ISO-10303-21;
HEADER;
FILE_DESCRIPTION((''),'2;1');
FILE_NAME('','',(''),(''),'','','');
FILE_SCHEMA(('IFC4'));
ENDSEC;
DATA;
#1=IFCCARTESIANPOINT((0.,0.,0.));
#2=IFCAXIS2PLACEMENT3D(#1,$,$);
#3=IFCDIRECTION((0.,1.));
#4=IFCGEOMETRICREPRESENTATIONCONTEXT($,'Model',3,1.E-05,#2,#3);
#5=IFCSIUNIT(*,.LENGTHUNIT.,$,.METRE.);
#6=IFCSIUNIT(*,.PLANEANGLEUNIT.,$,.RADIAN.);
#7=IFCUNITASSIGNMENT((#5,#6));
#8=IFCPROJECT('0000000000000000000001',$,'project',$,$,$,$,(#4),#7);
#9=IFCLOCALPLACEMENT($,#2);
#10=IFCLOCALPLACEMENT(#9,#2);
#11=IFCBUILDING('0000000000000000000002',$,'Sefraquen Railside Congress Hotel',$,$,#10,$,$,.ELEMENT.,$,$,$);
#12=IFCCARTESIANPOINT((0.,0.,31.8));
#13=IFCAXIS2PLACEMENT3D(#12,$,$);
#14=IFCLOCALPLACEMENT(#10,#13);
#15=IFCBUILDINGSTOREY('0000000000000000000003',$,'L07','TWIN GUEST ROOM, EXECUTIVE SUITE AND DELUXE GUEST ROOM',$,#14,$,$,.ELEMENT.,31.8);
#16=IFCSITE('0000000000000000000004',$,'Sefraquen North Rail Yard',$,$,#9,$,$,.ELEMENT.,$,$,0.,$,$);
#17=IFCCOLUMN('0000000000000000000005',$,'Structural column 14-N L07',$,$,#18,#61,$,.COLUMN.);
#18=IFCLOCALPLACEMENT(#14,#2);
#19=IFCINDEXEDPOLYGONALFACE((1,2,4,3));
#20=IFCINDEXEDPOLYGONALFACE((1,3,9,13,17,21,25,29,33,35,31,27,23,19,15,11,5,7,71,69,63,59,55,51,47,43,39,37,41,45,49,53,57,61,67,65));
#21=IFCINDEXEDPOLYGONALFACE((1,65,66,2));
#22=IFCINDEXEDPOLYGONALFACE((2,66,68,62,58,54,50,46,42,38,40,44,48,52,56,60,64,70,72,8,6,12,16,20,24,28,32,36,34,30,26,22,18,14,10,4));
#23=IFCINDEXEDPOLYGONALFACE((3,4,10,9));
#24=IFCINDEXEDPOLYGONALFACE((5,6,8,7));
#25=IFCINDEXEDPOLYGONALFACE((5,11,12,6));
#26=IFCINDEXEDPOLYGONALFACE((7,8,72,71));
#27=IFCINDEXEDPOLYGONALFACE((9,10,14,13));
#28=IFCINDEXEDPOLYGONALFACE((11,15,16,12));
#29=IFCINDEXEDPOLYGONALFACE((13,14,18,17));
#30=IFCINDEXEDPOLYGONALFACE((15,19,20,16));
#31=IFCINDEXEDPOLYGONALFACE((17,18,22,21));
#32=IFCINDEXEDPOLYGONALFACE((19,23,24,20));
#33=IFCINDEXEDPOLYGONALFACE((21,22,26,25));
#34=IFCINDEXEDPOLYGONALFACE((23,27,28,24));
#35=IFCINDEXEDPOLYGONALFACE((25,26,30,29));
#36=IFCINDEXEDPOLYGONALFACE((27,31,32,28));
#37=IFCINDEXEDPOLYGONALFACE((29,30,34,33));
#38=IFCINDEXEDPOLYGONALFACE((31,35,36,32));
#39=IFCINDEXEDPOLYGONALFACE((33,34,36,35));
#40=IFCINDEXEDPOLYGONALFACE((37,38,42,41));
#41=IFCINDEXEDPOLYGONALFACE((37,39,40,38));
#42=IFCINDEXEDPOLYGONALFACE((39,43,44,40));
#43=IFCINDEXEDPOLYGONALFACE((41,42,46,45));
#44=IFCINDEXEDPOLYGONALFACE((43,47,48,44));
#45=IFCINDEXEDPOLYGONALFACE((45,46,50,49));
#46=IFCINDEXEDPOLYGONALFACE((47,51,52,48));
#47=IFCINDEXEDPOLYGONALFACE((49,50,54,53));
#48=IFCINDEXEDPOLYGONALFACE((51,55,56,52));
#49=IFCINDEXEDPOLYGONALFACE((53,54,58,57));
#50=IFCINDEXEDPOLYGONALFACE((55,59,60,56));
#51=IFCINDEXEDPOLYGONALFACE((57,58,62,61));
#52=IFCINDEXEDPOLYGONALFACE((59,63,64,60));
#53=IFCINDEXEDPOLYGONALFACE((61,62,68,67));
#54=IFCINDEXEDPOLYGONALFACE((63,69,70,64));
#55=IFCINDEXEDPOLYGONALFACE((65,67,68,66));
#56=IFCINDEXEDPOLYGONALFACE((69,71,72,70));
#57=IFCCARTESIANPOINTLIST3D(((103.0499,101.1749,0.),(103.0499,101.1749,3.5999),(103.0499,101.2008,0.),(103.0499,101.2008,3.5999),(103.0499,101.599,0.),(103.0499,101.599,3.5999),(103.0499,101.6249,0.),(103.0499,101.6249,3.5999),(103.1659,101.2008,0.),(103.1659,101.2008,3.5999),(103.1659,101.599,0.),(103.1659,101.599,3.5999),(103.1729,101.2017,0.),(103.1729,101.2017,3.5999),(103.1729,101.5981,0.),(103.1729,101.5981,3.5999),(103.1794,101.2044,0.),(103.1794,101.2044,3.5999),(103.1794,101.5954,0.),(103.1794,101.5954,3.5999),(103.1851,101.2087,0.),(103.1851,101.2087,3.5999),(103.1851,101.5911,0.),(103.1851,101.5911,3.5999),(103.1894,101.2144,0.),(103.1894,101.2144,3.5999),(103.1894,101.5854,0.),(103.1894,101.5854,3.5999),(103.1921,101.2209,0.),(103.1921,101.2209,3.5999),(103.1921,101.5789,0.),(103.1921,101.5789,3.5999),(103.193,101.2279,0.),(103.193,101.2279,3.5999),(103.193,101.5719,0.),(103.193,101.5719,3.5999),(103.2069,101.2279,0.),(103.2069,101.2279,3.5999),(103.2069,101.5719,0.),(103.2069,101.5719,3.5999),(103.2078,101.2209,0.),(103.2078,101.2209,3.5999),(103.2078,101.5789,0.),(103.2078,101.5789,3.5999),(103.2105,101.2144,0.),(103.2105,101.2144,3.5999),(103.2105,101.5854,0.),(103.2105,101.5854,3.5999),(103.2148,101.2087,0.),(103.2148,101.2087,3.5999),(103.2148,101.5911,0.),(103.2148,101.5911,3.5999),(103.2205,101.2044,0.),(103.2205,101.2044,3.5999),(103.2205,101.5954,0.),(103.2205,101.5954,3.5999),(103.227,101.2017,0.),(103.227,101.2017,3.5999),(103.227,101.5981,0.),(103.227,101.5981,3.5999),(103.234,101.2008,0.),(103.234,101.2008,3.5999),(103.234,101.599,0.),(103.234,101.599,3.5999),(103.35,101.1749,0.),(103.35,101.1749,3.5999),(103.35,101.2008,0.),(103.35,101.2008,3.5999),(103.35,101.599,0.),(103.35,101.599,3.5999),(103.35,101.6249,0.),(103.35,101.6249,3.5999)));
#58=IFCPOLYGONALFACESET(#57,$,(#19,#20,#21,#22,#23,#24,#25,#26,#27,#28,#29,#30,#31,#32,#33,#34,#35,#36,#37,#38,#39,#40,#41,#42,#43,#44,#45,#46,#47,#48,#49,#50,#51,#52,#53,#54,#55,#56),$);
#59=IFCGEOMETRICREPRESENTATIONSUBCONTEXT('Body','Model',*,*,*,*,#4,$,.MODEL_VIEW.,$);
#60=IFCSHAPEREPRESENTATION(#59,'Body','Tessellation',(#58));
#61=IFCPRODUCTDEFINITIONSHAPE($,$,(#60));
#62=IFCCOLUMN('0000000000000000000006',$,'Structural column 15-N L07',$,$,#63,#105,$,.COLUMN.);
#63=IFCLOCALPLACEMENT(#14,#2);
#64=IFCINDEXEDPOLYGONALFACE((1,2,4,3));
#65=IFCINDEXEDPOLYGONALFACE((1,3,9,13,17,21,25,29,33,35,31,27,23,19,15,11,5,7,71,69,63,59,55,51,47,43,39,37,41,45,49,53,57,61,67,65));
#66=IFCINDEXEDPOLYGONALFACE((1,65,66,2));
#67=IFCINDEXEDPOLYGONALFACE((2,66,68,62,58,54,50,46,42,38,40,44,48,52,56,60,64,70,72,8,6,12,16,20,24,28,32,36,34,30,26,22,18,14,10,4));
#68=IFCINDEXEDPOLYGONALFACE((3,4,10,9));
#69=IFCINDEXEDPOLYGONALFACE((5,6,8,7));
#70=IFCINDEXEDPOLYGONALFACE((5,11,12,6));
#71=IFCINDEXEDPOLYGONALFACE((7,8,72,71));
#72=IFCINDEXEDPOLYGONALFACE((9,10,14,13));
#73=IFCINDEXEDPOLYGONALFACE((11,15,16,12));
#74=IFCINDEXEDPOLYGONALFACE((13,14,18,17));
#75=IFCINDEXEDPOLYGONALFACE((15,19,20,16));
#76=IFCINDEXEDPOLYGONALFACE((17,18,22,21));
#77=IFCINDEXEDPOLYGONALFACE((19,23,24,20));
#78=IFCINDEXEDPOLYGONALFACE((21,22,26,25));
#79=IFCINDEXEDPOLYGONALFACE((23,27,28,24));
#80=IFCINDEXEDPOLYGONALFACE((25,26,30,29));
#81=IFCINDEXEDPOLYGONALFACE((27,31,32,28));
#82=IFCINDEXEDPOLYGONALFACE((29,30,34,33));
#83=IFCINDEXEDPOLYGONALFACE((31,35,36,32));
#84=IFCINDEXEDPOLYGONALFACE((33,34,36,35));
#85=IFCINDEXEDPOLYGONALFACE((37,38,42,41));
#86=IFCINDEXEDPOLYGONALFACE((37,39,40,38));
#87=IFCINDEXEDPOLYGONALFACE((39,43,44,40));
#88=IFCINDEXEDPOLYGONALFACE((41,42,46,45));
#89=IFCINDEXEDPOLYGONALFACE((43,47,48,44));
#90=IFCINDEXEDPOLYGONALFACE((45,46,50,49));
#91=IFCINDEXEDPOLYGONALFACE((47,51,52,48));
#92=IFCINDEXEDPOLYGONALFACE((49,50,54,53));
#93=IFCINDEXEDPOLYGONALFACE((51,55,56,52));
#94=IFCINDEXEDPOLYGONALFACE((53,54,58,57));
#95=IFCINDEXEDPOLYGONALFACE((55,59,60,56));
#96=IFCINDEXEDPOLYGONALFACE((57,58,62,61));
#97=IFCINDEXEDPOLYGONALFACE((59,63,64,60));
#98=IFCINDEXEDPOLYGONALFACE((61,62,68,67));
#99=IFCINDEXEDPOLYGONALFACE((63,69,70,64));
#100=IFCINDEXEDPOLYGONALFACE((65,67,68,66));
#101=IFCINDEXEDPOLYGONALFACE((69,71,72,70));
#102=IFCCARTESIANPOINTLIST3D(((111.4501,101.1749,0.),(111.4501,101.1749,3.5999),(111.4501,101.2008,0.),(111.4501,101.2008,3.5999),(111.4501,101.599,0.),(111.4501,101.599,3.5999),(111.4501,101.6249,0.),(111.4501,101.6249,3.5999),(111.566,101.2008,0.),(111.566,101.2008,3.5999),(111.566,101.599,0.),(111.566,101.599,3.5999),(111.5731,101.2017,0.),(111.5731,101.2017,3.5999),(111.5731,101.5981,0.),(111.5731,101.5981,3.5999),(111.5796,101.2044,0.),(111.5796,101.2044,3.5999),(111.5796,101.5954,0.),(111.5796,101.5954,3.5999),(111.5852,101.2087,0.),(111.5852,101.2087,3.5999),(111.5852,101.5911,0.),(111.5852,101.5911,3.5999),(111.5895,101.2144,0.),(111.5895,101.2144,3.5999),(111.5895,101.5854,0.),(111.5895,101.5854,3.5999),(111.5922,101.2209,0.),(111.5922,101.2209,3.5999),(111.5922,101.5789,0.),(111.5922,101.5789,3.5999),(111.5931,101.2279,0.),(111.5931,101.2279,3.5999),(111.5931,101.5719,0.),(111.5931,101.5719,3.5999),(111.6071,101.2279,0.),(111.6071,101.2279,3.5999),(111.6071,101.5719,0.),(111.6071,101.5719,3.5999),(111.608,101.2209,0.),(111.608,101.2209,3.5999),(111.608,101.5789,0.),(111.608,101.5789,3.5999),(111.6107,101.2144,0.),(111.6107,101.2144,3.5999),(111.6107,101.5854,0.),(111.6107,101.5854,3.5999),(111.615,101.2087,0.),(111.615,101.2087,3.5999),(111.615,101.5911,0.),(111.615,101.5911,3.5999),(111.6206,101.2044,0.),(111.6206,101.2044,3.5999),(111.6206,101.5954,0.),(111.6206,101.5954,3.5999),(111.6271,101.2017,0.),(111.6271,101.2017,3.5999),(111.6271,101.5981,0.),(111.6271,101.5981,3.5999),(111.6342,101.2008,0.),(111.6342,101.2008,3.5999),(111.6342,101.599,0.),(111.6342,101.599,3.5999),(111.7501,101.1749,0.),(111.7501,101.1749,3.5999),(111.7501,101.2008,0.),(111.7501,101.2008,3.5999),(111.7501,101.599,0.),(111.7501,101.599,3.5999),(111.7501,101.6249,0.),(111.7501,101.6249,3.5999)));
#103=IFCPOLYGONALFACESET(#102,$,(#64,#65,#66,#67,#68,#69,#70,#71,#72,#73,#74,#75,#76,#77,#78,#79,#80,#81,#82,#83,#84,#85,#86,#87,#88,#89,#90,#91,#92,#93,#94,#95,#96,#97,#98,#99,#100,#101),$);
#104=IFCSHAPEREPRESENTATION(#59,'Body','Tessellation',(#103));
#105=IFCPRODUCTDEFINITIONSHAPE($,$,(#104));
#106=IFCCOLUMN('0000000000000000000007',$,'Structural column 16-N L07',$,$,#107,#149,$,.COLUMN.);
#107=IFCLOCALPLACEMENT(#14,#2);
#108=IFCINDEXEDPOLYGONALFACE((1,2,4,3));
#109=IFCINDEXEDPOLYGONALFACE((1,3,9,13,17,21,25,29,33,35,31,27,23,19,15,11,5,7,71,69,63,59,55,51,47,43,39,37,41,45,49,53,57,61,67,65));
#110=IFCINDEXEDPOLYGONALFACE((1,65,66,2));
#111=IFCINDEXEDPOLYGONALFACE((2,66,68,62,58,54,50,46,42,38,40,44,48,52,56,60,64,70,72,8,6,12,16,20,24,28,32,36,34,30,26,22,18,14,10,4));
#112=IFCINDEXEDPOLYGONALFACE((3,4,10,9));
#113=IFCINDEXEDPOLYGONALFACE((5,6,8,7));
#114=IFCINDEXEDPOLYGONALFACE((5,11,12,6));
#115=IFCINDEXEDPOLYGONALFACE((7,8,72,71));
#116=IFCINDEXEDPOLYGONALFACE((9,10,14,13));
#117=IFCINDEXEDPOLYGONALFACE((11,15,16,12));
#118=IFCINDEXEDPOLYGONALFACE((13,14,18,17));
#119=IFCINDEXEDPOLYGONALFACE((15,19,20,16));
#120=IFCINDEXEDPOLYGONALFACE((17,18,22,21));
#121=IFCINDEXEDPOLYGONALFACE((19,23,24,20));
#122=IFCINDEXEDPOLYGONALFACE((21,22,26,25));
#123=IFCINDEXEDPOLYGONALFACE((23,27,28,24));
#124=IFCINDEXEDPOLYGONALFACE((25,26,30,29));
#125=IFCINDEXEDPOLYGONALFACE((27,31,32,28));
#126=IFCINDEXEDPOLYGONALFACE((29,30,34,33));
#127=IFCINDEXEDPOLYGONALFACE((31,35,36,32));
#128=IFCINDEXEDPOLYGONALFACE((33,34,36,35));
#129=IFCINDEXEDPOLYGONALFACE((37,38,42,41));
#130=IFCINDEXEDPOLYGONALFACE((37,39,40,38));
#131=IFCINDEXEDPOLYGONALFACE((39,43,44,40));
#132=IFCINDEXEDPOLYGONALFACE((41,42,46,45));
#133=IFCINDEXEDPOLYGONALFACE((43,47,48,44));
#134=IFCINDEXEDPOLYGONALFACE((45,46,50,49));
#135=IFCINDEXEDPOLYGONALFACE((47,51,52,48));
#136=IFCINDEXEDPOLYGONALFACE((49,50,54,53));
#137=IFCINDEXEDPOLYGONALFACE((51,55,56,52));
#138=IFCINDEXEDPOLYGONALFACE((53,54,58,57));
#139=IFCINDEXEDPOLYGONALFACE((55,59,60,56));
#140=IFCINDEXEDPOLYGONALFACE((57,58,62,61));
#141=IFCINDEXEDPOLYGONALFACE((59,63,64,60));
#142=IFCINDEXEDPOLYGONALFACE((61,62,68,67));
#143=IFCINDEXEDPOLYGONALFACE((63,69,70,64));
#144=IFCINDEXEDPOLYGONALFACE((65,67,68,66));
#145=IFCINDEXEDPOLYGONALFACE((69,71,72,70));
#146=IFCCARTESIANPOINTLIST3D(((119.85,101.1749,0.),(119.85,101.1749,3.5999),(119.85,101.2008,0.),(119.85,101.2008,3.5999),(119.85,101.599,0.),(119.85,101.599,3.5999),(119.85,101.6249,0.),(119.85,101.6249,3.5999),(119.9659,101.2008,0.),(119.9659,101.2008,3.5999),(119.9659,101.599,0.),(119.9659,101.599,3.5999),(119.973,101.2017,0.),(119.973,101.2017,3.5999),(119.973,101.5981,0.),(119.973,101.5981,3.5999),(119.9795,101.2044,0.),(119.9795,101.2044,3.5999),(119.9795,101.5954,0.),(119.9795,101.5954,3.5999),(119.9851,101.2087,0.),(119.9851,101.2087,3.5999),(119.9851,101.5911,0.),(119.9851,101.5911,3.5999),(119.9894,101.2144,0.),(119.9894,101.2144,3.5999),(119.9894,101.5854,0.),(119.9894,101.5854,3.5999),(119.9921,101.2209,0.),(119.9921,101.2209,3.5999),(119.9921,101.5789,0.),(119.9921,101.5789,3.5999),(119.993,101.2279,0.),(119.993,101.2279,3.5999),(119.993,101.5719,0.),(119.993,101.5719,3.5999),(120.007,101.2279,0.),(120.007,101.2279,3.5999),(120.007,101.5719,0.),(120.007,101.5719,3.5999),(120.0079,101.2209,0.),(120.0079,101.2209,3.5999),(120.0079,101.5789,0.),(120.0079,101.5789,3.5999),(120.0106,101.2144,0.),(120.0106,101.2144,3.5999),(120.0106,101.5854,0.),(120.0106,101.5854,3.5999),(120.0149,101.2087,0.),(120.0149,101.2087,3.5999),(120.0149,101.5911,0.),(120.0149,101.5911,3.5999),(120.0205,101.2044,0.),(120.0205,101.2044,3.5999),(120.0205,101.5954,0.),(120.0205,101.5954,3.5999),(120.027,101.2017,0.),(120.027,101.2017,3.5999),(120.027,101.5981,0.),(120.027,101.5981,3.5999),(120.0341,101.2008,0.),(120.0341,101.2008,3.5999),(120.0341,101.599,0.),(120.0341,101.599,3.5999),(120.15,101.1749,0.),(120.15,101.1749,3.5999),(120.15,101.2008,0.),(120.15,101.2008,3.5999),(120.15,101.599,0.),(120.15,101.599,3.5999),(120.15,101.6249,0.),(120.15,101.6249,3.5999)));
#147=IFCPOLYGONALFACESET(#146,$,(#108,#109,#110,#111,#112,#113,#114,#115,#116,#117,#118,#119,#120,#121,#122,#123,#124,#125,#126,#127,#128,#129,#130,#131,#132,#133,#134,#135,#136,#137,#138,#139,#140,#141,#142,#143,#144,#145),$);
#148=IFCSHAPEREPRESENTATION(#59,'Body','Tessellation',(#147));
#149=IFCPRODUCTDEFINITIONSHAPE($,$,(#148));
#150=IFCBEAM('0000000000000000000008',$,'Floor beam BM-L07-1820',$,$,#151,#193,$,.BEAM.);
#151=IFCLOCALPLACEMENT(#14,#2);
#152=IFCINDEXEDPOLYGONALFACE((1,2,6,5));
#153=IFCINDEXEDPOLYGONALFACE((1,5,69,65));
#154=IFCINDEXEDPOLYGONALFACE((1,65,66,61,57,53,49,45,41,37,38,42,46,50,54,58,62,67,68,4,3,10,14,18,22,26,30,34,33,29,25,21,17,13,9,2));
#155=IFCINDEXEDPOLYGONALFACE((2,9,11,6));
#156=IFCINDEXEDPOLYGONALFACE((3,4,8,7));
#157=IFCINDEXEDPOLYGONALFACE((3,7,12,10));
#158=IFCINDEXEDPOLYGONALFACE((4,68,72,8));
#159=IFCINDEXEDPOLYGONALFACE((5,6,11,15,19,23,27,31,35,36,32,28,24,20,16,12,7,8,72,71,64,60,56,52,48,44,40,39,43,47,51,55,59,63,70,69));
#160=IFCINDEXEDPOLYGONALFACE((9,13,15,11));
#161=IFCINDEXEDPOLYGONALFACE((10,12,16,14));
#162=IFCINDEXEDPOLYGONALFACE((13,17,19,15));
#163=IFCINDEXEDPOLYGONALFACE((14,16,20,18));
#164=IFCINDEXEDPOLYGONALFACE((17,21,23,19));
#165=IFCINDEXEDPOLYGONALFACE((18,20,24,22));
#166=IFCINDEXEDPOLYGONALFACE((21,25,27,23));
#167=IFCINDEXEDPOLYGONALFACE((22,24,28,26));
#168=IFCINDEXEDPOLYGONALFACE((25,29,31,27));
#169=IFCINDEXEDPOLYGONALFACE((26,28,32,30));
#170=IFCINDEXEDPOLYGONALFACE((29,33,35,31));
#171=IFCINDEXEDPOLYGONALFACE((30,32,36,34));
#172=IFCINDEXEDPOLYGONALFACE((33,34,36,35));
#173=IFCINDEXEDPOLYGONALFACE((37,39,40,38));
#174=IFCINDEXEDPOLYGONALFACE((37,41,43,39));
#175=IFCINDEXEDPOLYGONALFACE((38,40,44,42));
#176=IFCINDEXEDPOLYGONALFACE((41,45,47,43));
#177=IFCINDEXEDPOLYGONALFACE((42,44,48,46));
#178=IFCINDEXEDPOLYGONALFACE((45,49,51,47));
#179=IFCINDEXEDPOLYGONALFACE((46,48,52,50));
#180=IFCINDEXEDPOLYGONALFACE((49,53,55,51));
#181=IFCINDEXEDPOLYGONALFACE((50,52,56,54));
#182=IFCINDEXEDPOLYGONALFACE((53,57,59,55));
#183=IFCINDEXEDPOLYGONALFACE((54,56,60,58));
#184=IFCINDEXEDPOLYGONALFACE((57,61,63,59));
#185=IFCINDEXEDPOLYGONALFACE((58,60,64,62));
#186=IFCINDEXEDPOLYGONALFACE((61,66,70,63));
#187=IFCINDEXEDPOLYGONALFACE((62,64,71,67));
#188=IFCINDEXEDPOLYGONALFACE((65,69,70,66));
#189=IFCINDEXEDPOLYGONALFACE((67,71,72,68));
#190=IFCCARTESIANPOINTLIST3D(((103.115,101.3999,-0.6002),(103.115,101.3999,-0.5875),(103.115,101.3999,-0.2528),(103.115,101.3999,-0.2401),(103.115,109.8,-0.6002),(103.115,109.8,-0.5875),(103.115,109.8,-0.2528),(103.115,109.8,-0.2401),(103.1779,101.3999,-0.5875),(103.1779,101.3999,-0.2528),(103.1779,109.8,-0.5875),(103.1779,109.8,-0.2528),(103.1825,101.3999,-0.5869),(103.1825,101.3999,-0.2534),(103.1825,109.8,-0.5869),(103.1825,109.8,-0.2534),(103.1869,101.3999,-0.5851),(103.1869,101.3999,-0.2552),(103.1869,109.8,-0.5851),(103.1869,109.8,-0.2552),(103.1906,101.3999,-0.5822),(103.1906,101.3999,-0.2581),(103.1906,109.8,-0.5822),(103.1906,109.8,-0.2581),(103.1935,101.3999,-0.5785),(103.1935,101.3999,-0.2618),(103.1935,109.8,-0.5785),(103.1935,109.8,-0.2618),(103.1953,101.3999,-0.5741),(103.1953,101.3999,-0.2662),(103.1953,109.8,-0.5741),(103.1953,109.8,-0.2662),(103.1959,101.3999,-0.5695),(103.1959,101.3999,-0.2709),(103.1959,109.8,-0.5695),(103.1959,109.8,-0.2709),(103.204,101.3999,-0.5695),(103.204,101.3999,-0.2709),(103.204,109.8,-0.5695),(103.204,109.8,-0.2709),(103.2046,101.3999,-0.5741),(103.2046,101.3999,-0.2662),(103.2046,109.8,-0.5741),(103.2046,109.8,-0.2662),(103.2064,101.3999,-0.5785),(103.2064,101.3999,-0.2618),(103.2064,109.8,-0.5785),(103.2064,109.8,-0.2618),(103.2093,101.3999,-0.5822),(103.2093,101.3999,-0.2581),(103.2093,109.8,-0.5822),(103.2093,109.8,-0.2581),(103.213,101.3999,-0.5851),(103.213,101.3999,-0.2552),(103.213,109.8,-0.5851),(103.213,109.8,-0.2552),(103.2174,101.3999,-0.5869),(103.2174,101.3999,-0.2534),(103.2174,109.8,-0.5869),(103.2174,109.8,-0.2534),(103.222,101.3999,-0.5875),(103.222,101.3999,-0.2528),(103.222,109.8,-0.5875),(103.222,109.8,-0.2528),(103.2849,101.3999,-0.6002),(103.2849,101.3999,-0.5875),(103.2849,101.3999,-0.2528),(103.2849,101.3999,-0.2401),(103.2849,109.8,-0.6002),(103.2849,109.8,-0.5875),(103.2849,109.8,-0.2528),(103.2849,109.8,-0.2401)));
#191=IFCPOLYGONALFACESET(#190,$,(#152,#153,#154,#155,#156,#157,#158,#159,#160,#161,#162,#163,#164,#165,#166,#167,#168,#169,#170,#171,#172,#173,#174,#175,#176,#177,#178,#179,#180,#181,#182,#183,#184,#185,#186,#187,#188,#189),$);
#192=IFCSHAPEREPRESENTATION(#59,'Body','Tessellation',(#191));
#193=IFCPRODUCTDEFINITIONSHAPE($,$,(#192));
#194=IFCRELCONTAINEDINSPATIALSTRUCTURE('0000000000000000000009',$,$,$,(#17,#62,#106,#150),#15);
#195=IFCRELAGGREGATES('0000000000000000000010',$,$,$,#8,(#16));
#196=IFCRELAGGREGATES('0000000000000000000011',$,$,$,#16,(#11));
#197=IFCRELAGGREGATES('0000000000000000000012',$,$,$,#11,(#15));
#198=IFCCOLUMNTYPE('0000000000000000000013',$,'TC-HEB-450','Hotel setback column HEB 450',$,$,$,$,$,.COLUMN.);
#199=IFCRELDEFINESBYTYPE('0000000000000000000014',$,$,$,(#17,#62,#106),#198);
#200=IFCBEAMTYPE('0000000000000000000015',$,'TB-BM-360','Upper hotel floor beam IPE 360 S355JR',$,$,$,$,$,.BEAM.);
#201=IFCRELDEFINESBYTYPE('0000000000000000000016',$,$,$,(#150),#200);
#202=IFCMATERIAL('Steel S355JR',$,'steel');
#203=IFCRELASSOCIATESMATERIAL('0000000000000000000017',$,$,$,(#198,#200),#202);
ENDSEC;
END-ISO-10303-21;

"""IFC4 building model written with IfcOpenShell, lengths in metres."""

from ifc_helpers import new_model, si_unit, direction, frame, origin, origin_2d, place, context, subcontext, project, spatial, i_section, extrude, material, material_profile, profile_set, type_object, element, save


model = new_model("IFC4")

# Units and contexts
model_context = context("Model", 3, precision=1e-05, world=origin(), true_north=direction((0.0, 1.0)))
body_context = subcontext(model_context, "Body", "Model", "MODEL_VIEW")
ifc_project = project(units=[si_unit("LENGTHUNIT", "METRE"), si_unit("PLANEANGLEUNIT", "RADIAN")], contexts=[model_context])

# Site, building, storey
site_placement = place(None, origin())
site = spatial("IfcSite", under=ifc_project, at=site_placement, Name="Sefraquen North Rail Yard", CompositionType="ELEMENT", RefElevation=0.0)
building_placement = place(site_placement, origin())
building = spatial("IfcBuilding", under=site, at=building_placement, Name="Sefraquen Railside Congress Hotel", CompositionType="ELEMENT")
storey_placement = place(building_placement, frame((0.0, 0.0, 31.8)))
storey = spatial("IfcBuildingStorey", under=building, at=storey_placement, Name="L07", Description="TWIN GUEST ROOM, EXECUTIVE SUITE AND DELUXE GUEST ROOM", CompositionType="ELEMENT", Elevation=31.8)

# Columns
ifc_material_1 = material(Name="Steel S355JR", Category="steel")
ifc_material_profile_1 = material_profile(ifc_material_1, i_section(OverallWidth=0.3, OverallDepth=0.45, WebThickness=0.0139, FlangeThickness=0.0259, FilletRadius=0.0271, at=origin_2d()), Name="HEB 450")
ifc_profile_set_1 = profile_set([ifc_material_profile_1], Name="Steel S355JR")
column_type = type_object("IfcColumnType", Name="TC-HEB-450", Description="Hotel setback column HEB 450", PredefinedType="COLUMN", material=ifc_profile_set_1)
for number, where, z_axis, x_axis, name in (
    (1, (103.2, 101.3999, 0.0), (0.0, 0.0, 1.0), (1.0, 0.0, 0.0), "Structural column 14-N L07"),
    (2, (111.6001, 101.3999, 0.0), (0.0, 0.0, 1.0), (1.0, 0.0, 0.0), "Structural column 15-N L07"),
    (3, (120.0, 101.3999, 0.0), (0.0, 0.0, 1.0), (1.0, 0.0, 0.0), "Structural column 16-N L07"),
):
    element("IfcColumn", number, at=place(storey_placement, frame(where, z_axis=z_axis, x_axis=x_axis)), inside=storey, type_object=column_type, Name=name, PredefinedType="COLUMN", context=body_context, shape_type="SweptSolid", body=[
        extrude(i_section(OverallWidth=0.3, OverallDepth=0.45, WebThickness=0.0139, FlangeThickness=0.0259, FilletRadius=0.0271, at=origin_2d()), origin(), (0.0, 0.0, 1.0), 3.5999),
    ])

# Beam
ifc_material_profile_2 = material_profile(ifc_material_1, i_section(OverallWidth=0.1699, OverallDepth=0.3601, WebThickness=0.0081, FlangeThickness=0.0127, FilletRadius=0.0181, at=origin_2d()), Name="IPE 360")
ifc_profile_set_2 = profile_set([ifc_material_profile_2], Name="Steel S355JR")
beam_type_1 = type_object("IfcBeamType", Name="TB-BM-360", Description="Upper hotel floor beam IPE 360 S355JR", PredefinedType="BEAM", material=ifc_profile_set_2)
for number, where, z_axis, x_axis, name in (
    (4, (103.2, 101.3999, -0.4202), (0.0, 1.0, 0.0), (-1.0, 0.0, 0.0), "Floor beam BM-L07-1820"),
):
    element("IfcBeam", number, at=place(storey_placement, frame(where, z_axis=z_axis, x_axis=x_axis)), inside=storey, type_object=beam_type_1, Name=name, PredefinedType="BEAM", context=body_context, shape_type="SweptSolid", body=[
        extrude(i_section(OverallWidth=0.1699, OverallDepth=0.3601, WebThickness=0.0081, FlangeThickness=0.0127, FilletRadius=0.0181, at=origin_2d()), origin(), (0.0, 0.0, 1.0), 8.4001),
    ])

save(model, "model.ifc")
